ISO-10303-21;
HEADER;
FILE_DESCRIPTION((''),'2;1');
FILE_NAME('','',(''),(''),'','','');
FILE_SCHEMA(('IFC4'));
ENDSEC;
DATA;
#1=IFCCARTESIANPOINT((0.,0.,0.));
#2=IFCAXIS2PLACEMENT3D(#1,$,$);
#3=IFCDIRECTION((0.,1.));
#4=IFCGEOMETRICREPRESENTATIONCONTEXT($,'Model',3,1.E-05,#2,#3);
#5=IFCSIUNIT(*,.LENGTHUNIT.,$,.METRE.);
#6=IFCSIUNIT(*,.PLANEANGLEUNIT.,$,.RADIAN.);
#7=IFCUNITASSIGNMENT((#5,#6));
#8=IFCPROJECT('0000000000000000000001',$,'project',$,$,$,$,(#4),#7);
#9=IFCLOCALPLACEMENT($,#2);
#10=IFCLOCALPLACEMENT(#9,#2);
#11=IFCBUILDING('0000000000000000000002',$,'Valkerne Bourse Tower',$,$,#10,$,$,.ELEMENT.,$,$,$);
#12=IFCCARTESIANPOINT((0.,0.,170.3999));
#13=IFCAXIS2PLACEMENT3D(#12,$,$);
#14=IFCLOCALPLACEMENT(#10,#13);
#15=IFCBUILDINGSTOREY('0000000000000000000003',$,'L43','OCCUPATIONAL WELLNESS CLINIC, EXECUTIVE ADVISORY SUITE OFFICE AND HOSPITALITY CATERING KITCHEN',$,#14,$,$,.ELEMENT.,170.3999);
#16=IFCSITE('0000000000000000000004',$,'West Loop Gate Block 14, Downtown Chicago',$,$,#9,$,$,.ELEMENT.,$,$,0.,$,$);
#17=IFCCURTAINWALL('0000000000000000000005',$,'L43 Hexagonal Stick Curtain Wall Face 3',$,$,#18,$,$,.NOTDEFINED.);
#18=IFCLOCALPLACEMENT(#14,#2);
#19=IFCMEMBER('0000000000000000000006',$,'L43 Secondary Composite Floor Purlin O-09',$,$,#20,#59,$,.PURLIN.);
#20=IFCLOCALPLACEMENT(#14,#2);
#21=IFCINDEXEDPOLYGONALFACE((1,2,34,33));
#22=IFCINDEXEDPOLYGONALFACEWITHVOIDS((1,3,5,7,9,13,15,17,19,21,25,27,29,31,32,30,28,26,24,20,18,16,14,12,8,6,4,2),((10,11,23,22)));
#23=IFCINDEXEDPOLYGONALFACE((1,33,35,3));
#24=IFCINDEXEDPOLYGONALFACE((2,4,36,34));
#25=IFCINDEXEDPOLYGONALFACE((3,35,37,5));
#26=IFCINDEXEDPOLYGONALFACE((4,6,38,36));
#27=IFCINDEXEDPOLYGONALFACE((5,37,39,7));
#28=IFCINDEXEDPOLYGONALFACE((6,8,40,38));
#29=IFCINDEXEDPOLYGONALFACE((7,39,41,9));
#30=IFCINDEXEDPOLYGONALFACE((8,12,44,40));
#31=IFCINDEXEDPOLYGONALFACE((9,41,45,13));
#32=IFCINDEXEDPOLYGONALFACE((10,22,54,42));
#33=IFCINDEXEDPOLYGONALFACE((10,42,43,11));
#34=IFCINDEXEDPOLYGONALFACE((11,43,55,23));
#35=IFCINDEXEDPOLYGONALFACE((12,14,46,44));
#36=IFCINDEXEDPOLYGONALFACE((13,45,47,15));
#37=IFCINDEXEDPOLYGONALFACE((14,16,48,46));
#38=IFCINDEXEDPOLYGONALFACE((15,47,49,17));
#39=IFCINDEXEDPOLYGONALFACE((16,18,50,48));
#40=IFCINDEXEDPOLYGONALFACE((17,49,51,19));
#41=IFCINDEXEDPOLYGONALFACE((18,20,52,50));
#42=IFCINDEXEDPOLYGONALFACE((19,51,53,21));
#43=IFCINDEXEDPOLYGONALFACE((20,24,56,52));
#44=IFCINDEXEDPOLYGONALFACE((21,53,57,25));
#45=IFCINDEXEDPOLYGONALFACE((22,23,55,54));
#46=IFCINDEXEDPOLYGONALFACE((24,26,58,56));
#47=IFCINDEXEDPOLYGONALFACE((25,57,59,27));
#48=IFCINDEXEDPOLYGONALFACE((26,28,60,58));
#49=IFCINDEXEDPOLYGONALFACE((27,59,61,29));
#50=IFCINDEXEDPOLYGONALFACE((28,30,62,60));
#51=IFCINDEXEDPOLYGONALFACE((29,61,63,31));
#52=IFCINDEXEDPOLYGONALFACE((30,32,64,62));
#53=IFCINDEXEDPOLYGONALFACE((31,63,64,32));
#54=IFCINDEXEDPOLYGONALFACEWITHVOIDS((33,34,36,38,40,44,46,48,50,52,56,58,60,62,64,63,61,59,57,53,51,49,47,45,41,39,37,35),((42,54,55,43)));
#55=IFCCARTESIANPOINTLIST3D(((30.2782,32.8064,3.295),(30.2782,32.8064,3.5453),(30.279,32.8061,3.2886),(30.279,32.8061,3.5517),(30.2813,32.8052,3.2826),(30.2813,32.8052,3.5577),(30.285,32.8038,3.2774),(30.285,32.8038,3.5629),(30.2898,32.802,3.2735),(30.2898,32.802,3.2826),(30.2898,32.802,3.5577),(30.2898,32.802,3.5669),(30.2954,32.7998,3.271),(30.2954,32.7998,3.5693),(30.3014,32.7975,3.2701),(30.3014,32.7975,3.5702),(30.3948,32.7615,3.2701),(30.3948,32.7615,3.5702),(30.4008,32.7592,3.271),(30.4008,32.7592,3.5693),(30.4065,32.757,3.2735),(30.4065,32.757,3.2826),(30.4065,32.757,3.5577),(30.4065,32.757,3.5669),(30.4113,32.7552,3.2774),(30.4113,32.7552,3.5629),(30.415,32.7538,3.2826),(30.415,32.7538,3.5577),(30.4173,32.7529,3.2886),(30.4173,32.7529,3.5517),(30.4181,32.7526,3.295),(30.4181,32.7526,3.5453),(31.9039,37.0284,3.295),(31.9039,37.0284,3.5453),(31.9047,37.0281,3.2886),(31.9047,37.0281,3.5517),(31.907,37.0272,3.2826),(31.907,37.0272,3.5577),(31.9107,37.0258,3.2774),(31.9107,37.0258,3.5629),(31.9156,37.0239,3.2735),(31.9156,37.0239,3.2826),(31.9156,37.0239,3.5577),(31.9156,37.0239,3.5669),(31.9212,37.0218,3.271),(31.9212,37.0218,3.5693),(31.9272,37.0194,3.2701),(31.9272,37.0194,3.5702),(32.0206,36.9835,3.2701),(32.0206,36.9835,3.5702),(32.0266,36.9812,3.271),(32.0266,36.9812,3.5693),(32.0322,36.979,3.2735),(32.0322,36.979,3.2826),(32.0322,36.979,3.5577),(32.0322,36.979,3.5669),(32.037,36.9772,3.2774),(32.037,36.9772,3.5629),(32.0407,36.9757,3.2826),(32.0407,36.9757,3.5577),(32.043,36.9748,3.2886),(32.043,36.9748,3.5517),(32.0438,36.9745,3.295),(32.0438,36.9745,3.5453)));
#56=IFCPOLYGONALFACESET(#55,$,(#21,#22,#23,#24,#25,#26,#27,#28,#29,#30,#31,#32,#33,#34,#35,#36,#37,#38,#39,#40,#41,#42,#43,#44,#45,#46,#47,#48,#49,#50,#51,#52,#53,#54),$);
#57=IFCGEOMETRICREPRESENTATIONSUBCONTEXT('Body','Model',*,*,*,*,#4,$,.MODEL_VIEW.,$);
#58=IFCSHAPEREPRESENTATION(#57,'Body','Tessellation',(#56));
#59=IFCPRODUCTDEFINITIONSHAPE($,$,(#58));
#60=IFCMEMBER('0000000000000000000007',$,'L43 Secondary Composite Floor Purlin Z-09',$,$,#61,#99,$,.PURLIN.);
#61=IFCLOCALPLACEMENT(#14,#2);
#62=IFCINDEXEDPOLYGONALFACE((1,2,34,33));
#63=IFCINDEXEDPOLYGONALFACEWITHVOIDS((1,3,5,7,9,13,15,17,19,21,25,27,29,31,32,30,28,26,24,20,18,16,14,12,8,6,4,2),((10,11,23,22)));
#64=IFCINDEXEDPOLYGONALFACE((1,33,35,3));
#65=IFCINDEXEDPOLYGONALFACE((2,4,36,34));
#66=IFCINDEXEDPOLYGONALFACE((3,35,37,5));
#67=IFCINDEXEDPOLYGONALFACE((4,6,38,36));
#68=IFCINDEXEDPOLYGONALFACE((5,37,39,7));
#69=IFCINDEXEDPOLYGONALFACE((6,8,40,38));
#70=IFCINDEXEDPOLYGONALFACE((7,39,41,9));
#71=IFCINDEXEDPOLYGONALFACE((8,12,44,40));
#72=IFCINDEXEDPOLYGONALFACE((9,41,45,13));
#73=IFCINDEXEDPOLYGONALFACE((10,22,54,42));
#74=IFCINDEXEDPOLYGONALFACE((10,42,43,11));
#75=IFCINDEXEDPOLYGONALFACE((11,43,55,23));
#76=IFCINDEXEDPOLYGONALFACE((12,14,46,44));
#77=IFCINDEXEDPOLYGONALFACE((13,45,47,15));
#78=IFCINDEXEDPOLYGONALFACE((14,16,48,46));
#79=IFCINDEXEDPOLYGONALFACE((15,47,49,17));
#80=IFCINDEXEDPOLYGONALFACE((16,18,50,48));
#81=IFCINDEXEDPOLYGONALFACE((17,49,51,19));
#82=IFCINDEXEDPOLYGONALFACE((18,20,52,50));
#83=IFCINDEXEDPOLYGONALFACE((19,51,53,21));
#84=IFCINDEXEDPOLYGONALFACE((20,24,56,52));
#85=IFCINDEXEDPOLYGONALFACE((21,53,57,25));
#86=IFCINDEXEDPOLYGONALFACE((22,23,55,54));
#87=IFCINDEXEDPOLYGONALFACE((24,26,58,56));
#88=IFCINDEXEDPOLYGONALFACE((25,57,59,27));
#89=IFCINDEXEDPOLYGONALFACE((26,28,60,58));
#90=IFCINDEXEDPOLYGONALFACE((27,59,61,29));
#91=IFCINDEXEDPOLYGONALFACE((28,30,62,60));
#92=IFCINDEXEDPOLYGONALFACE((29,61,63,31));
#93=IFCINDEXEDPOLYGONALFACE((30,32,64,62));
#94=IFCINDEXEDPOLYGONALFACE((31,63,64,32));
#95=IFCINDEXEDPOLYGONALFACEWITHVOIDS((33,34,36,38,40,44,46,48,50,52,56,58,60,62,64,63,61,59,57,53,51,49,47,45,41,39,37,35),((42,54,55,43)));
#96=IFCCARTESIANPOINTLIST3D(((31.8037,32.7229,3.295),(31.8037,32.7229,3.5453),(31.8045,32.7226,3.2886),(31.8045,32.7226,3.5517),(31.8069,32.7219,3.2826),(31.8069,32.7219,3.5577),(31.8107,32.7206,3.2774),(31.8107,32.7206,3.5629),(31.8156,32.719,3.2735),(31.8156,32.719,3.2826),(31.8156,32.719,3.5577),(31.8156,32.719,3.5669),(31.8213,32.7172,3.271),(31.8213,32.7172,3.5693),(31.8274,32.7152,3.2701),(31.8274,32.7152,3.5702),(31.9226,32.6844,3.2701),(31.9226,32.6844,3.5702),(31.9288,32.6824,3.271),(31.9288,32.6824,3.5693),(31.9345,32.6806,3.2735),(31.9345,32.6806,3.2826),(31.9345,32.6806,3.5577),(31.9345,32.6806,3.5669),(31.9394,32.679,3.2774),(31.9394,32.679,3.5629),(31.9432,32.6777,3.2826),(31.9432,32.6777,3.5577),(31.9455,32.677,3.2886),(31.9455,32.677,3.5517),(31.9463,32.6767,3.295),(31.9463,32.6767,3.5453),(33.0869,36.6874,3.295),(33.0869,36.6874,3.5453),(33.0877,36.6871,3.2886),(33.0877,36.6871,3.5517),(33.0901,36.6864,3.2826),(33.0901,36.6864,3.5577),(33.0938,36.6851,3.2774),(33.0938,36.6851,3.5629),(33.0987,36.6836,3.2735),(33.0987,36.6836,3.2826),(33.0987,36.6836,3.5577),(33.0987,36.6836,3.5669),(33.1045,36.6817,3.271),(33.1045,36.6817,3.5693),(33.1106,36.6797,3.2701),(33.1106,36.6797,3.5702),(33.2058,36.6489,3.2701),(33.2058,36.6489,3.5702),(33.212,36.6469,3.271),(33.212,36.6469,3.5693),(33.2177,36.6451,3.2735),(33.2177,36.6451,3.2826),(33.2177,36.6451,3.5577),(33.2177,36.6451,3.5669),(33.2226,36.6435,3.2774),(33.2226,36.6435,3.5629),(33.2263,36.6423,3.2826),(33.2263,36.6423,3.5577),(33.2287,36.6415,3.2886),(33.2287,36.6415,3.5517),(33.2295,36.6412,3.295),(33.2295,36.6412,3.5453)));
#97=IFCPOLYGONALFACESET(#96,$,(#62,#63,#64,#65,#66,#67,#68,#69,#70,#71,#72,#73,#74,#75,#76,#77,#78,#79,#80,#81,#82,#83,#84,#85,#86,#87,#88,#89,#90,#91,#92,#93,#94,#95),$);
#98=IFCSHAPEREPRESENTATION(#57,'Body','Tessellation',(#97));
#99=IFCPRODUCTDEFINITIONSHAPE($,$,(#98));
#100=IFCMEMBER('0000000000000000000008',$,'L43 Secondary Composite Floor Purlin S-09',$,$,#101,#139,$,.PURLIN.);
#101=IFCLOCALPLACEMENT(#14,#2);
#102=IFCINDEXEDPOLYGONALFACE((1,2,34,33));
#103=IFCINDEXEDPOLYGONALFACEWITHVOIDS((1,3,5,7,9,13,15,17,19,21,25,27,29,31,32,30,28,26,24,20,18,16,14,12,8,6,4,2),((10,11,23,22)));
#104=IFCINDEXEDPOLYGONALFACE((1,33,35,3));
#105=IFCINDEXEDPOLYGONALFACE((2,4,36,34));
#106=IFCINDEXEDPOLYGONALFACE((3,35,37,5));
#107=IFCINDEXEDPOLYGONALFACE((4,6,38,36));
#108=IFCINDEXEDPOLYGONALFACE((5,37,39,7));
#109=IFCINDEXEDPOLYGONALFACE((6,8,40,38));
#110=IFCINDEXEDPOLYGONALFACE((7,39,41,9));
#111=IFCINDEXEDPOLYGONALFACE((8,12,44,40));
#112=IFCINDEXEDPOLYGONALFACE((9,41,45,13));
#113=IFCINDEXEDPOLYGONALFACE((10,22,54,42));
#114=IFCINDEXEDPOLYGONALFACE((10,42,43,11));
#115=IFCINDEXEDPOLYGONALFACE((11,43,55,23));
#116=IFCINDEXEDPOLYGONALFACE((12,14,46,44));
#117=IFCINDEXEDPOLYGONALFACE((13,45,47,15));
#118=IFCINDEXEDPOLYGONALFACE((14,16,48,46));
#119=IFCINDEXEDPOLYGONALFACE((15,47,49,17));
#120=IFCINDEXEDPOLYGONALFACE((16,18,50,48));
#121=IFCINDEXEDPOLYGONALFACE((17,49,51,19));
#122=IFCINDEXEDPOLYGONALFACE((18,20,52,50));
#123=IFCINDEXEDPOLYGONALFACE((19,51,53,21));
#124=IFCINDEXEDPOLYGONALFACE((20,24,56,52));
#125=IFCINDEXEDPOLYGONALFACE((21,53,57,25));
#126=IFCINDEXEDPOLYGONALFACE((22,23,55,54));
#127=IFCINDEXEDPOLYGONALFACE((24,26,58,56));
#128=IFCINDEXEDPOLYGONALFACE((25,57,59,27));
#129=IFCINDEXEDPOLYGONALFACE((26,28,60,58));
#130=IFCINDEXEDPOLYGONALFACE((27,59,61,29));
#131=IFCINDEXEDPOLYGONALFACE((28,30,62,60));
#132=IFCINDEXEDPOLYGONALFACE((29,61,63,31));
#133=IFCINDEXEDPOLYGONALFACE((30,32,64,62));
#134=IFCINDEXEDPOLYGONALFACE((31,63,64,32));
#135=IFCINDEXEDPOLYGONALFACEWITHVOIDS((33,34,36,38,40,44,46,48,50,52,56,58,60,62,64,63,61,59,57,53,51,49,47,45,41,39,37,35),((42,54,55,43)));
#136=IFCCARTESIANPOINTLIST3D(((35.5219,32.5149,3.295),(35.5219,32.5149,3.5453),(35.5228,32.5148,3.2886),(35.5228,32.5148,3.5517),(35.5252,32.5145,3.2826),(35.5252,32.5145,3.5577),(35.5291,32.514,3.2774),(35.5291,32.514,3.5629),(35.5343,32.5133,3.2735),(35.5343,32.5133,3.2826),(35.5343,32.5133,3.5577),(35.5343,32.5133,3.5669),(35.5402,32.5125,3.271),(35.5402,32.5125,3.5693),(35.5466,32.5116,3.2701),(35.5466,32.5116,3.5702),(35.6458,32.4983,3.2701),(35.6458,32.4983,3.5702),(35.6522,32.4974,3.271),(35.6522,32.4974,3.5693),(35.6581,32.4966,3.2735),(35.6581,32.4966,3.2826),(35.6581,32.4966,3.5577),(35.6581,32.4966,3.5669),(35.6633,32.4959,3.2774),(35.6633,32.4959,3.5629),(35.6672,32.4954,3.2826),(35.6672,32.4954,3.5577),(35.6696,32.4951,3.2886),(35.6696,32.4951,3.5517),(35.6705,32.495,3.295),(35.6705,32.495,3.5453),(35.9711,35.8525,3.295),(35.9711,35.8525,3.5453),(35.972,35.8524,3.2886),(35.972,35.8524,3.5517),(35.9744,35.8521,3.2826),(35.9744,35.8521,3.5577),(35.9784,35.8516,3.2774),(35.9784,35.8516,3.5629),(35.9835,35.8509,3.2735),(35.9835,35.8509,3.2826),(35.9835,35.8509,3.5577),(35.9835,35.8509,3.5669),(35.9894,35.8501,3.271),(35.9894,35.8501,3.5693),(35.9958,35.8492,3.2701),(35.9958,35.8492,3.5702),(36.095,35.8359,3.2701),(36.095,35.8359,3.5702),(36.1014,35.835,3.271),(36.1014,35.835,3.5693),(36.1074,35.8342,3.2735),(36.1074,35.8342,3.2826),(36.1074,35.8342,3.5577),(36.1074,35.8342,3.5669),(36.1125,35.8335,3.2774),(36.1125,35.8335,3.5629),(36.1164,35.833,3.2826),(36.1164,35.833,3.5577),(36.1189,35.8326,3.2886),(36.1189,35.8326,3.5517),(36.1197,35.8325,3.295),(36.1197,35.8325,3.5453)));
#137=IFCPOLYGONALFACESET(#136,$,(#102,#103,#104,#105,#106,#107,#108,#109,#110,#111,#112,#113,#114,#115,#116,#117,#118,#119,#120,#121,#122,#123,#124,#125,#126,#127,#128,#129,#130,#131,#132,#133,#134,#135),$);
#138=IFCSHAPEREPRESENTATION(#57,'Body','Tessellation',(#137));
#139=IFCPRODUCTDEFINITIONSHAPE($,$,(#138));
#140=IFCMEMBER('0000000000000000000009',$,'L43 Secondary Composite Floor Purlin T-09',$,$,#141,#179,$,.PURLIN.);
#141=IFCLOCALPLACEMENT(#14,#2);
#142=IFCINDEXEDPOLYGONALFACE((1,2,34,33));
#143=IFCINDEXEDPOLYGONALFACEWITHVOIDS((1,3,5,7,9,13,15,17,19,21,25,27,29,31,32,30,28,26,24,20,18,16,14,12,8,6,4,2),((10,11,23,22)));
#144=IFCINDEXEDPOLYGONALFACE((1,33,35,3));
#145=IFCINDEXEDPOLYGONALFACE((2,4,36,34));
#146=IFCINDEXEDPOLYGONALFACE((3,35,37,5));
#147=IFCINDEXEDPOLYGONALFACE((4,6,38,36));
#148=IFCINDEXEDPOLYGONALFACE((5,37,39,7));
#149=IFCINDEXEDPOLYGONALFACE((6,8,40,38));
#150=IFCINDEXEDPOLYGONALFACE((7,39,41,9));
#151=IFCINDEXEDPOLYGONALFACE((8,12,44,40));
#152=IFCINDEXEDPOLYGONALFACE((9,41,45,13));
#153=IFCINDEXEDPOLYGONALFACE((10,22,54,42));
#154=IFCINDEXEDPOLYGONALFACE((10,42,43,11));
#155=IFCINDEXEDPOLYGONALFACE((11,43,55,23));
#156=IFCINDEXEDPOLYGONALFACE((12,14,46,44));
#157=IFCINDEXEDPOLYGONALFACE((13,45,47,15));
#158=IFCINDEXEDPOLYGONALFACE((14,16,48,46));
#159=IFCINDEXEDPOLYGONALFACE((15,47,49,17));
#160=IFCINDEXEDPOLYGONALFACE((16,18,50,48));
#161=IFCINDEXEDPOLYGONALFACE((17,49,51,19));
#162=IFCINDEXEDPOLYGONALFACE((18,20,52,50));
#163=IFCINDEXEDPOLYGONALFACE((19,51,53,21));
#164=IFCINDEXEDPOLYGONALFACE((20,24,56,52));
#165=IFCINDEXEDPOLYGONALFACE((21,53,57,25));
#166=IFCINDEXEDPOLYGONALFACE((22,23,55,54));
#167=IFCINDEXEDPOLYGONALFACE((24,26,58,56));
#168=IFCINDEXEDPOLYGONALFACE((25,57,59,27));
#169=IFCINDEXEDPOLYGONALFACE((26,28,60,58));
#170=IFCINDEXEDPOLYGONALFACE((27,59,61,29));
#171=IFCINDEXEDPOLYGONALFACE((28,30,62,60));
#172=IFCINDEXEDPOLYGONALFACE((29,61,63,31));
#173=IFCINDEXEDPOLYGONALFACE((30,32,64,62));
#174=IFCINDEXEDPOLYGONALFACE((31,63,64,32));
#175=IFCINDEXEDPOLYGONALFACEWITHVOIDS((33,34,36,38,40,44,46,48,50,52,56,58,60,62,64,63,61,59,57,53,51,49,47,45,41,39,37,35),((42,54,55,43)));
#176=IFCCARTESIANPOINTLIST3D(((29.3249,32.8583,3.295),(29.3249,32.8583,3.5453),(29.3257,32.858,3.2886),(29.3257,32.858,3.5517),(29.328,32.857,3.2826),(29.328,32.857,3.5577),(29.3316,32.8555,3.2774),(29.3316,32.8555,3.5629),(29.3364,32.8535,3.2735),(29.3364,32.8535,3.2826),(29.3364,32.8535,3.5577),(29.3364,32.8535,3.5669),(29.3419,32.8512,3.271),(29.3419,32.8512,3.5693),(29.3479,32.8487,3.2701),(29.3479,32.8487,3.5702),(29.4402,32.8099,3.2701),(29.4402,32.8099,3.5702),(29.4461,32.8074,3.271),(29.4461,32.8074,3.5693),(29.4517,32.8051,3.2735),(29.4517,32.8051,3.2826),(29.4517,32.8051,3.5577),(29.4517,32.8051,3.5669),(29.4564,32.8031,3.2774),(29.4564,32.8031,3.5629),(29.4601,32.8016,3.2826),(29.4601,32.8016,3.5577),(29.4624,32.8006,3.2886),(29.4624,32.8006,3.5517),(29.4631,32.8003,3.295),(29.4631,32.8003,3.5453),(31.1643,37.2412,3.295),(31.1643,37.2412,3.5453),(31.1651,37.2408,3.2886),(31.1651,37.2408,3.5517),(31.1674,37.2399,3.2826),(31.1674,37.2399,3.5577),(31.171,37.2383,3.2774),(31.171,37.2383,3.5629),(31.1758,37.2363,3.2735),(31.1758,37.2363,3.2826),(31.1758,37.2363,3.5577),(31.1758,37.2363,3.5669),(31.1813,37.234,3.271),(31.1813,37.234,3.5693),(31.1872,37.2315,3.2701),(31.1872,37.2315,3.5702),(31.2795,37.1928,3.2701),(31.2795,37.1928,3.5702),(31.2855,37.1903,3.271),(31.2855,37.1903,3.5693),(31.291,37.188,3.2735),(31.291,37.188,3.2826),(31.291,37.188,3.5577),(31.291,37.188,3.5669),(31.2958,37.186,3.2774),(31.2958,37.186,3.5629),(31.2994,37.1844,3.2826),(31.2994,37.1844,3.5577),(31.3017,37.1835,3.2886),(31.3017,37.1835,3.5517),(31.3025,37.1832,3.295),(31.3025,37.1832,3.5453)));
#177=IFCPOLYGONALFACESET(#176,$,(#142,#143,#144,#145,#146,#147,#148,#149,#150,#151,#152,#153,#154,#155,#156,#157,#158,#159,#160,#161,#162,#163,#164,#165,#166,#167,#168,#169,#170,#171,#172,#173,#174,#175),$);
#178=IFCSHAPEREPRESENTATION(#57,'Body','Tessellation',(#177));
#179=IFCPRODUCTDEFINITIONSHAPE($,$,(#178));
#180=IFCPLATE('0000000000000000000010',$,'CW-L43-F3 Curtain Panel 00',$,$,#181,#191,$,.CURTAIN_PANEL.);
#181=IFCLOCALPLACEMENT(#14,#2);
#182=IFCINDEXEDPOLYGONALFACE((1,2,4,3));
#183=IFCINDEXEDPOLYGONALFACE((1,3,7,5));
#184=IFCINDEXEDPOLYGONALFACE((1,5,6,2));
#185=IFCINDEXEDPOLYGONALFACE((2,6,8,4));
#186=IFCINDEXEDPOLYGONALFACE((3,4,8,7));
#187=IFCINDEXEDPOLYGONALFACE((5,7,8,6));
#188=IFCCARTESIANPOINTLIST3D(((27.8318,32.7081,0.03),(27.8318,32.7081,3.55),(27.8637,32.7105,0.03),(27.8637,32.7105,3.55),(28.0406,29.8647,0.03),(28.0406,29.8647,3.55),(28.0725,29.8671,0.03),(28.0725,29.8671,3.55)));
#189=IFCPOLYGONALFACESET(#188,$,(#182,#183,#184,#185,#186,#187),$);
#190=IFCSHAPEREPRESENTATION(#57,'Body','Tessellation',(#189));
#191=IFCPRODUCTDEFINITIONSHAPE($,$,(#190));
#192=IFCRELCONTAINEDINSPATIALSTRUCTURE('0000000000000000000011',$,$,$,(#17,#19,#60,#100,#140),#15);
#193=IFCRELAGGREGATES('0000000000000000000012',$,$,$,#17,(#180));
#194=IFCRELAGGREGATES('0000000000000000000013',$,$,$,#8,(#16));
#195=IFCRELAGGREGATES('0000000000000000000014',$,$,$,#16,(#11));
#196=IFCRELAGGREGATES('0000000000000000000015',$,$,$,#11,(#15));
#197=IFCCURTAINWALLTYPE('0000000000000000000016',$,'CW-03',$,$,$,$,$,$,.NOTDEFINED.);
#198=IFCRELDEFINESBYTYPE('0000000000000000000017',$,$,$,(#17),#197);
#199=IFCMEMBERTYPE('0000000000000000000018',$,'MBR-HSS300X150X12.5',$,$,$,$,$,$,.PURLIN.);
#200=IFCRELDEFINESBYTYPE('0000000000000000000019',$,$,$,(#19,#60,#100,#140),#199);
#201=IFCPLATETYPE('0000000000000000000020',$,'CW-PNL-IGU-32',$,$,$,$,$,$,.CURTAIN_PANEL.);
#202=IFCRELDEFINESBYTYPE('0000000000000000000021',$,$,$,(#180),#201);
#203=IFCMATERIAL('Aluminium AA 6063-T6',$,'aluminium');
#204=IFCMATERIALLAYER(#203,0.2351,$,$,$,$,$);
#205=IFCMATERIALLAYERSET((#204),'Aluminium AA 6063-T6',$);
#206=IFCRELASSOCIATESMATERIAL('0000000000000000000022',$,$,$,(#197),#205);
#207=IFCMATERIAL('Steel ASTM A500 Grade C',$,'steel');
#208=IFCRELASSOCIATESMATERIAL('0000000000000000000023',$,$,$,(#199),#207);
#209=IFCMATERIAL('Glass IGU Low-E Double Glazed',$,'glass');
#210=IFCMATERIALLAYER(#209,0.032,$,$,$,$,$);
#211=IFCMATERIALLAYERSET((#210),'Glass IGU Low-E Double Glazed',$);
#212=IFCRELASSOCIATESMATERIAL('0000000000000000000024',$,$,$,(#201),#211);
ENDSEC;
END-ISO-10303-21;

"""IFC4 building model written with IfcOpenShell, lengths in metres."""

from ifc_helpers import new_model, si_unit, direction, frame, origin, origin_2d, place, context, subcontext, project, spatial, rectangle, hollow_rectangle, extrude, material, layer, layer_set, material_profile, profile_set, type_object, element, aggregate, save


model = new_model("IFC4")

# Units and contexts
model_context = context("Model", 3, precision=1e-05, world=origin(), true_north=direction((0.0, 1.0)))
body_context = subcontext(model_context, "Body", "Model", "MODEL_VIEW")
ifc_project = project(units=[si_unit("LENGTHUNIT", "METRE"), si_unit("PLANEANGLEUNIT", "RADIAN")], contexts=[model_context])

# Site, building, storey
site_placement = place(None, origin())
site = spatial("IfcSite", under=ifc_project, at=site_placement, Name="West Loop Gate Block 14, Downtown Chicago", CompositionType="ELEMENT", RefElevation=0.0)
building_placement = place(site_placement, origin())
building = spatial("IfcBuilding", under=site, at=building_placement, Name="Valkerne Bourse Tower", CompositionType="ELEMENT")
storey_placement = place(building_placement, frame((0.0, 0.0, 170.3999)))
storey = spatial("IfcBuildingStorey", under=building, at=storey_placement, Name="L43", Description="OCCUPATIONAL WELLNESS CLINIC, EXECUTIVE ADVISORY SUITE OFFICE AND HOSPITALITY CATERING KITCHEN", CompositionType="ELEMENT", Elevation=170.3999)

# Curtain wall
ifc_material_1 = material(Name="Aluminium AA 6063-T6", Category="aluminium")
ifc_layer_1 = layer(ifc_material_1, 0.2351)
ifc_layer_set_1 = layer_set([ifc_layer_1], Name="Aluminium AA 6063-T6")
curtain_wall_type = type_object("IfcCurtainWallType", Name="CW-03", PredefinedType="NOTDEFINED", material=ifc_layer_set_1)
curtain_wall_placement = place(storey_placement, origin())
curtain_wall = element("IfcCurtainWall", 1, at=curtain_wall_placement, inside=storey, type_object=curtain_wall_type, Name="L43 Hexagonal Stick Curtain Wall Face 3", PredefinedType="NOTDEFINED")

# Members
ifc_material_2 = material(Name="Steel ASTM A500 Grade C", Category="steel")
ifc_material_profile_1 = material_profile(ifc_material_2, hollow_rectangle(XDim=0.1499, YDim=0.3, WallThickness=0.0125, OuterFilletRadius=0.0249, at=origin_2d()), Name="HSS300X150X12.5")
ifc_profile_set_1 = profile_set([ifc_material_profile_1], Name="Steel ASTM A500 Grade C")
member_type_1 = type_object("IfcMemberType", Name="MBR-HSS300X150X12.5", PredefinedType="PURLIN", material=ifc_profile_set_1)
member_1_placement = place(storey_placement, frame((31.9739, 37.0015, 3.4202), z_axis=(-0.359348, -0.933204, 0.0), x_axis=(0.933204, -0.359348, 0.0)))
element("IfcMember", 2, at=member_1_placement, inside=storey, type_object=member_type_1, Name="L43 Secondary Composite Floor Purlin O-09", PredefinedType="PURLIN", context=body_context, shape_type="SweptSolid", body=[
    extrude(hollow_rectangle(XDim=0.1499, YDim=0.3, WallThickness=0.0125, OuterFilletRadius=0.0249, at=origin_2d()), origin(), (0.0, 0.0, 1.0), 4.5242),
])
member_2_placement = place(storey_placement, frame((33.1582, 36.6643, 3.4202), z_axis=(-0.307937, -0.951407, 0.0), x_axis=(0.951407, -0.307937, 0.0)))
element("IfcMember", 3, at=member_2_placement, inside=storey, type_object=member_type_1, Name="L43 Secondary Composite Floor Purlin Z-09", PredefinedType="PURLIN", context=body_context, shape_type="SweptSolid", body=[
    extrude(hollow_rectangle(XDim=0.1499, YDim=0.3, WallThickness=0.0125, OuterFilletRadius=0.0249, at=origin_2d()), origin(), (0.0, 0.0, 1.0), 4.167),
])
member_3_placement = place(storey_placement, frame((36.0454, 35.8425, 3.4202), z_axis=(-0.133389, -0.991064, 0.0), x_axis=(0.991064, -0.133389, 0.0)))
element("IfcMember", 4, at=member_3_placement, inside=storey, type_object=member_type_1, Name="L43 Secondary Composite Floor Purlin S-09", PredefinedType="PURLIN", context=body_context, shape_type="SweptSolid", body=[
    extrude(hollow_rectangle(XDim=0.1499, YDim=0.3, WallThickness=0.0125, OuterFilletRadius=0.0249, at=origin_2d()), origin(), (0.0, 0.0, 1.0), 3.3677),
])
member_4_placement = place(storey_placement, frame((31.2334, 37.2122, 3.4202), z_axis=(-0.386977, -0.922089, 0.0), x_axis=(0.922089, -0.386977, 0.0)))
element("IfcMember", 5, at=member_4_placement, inside=storey, type_object=member_type_1, Name="L43 Secondary Composite Floor Purlin T-09", PredefinedType="PURLIN", context=body_context, shape_type="SweptSolid", body=[
    extrude(hollow_rectangle(XDim=0.1499, YDim=0.3, WallThickness=0.0125, OuterFilletRadius=0.0249, at=origin_2d()), origin(), (0.0, 0.0, 1.0), 4.7532),
])

# Plate
ifc_material_3 = material(Name="Glass IGU Low-E Double Glazed", Category="glass")
ifc_layer_2 = layer(ifc_material_3, 0.032)
ifc_layer_set_2 = layer_set([ifc_layer_2], Name="Glass IGU Low-E Double Glazed")
plate_type = type_object("IfcPlateType", Name="CW-PNL-IGU-32", PredefinedType="CURTAIN_PANEL", material=ifc_layer_set_2)
plate_placement = place(storey_placement, frame((27.9521, 31.2876, 0.03), z_axis=(0.0, 0.0, 1.0), x_axis=(0.073243, -0.997314, 0.0)))
plate = element("IfcPlate", 6, at=plate_placement, type_object=plate_type, Name="CW-L43-F3 Curtain Panel 00", PredefinedType="CURTAIN_PANEL", context=body_context, shape_type="SweptSolid", body=[
    extrude(rectangle(XDim=2.8511, YDim=0.032, at=origin_2d()), origin(), (0.0, 0.0, 1.0), 3.52),
])
aggregate(curtain_wall, [plate])

save(model, "model.ifc")
